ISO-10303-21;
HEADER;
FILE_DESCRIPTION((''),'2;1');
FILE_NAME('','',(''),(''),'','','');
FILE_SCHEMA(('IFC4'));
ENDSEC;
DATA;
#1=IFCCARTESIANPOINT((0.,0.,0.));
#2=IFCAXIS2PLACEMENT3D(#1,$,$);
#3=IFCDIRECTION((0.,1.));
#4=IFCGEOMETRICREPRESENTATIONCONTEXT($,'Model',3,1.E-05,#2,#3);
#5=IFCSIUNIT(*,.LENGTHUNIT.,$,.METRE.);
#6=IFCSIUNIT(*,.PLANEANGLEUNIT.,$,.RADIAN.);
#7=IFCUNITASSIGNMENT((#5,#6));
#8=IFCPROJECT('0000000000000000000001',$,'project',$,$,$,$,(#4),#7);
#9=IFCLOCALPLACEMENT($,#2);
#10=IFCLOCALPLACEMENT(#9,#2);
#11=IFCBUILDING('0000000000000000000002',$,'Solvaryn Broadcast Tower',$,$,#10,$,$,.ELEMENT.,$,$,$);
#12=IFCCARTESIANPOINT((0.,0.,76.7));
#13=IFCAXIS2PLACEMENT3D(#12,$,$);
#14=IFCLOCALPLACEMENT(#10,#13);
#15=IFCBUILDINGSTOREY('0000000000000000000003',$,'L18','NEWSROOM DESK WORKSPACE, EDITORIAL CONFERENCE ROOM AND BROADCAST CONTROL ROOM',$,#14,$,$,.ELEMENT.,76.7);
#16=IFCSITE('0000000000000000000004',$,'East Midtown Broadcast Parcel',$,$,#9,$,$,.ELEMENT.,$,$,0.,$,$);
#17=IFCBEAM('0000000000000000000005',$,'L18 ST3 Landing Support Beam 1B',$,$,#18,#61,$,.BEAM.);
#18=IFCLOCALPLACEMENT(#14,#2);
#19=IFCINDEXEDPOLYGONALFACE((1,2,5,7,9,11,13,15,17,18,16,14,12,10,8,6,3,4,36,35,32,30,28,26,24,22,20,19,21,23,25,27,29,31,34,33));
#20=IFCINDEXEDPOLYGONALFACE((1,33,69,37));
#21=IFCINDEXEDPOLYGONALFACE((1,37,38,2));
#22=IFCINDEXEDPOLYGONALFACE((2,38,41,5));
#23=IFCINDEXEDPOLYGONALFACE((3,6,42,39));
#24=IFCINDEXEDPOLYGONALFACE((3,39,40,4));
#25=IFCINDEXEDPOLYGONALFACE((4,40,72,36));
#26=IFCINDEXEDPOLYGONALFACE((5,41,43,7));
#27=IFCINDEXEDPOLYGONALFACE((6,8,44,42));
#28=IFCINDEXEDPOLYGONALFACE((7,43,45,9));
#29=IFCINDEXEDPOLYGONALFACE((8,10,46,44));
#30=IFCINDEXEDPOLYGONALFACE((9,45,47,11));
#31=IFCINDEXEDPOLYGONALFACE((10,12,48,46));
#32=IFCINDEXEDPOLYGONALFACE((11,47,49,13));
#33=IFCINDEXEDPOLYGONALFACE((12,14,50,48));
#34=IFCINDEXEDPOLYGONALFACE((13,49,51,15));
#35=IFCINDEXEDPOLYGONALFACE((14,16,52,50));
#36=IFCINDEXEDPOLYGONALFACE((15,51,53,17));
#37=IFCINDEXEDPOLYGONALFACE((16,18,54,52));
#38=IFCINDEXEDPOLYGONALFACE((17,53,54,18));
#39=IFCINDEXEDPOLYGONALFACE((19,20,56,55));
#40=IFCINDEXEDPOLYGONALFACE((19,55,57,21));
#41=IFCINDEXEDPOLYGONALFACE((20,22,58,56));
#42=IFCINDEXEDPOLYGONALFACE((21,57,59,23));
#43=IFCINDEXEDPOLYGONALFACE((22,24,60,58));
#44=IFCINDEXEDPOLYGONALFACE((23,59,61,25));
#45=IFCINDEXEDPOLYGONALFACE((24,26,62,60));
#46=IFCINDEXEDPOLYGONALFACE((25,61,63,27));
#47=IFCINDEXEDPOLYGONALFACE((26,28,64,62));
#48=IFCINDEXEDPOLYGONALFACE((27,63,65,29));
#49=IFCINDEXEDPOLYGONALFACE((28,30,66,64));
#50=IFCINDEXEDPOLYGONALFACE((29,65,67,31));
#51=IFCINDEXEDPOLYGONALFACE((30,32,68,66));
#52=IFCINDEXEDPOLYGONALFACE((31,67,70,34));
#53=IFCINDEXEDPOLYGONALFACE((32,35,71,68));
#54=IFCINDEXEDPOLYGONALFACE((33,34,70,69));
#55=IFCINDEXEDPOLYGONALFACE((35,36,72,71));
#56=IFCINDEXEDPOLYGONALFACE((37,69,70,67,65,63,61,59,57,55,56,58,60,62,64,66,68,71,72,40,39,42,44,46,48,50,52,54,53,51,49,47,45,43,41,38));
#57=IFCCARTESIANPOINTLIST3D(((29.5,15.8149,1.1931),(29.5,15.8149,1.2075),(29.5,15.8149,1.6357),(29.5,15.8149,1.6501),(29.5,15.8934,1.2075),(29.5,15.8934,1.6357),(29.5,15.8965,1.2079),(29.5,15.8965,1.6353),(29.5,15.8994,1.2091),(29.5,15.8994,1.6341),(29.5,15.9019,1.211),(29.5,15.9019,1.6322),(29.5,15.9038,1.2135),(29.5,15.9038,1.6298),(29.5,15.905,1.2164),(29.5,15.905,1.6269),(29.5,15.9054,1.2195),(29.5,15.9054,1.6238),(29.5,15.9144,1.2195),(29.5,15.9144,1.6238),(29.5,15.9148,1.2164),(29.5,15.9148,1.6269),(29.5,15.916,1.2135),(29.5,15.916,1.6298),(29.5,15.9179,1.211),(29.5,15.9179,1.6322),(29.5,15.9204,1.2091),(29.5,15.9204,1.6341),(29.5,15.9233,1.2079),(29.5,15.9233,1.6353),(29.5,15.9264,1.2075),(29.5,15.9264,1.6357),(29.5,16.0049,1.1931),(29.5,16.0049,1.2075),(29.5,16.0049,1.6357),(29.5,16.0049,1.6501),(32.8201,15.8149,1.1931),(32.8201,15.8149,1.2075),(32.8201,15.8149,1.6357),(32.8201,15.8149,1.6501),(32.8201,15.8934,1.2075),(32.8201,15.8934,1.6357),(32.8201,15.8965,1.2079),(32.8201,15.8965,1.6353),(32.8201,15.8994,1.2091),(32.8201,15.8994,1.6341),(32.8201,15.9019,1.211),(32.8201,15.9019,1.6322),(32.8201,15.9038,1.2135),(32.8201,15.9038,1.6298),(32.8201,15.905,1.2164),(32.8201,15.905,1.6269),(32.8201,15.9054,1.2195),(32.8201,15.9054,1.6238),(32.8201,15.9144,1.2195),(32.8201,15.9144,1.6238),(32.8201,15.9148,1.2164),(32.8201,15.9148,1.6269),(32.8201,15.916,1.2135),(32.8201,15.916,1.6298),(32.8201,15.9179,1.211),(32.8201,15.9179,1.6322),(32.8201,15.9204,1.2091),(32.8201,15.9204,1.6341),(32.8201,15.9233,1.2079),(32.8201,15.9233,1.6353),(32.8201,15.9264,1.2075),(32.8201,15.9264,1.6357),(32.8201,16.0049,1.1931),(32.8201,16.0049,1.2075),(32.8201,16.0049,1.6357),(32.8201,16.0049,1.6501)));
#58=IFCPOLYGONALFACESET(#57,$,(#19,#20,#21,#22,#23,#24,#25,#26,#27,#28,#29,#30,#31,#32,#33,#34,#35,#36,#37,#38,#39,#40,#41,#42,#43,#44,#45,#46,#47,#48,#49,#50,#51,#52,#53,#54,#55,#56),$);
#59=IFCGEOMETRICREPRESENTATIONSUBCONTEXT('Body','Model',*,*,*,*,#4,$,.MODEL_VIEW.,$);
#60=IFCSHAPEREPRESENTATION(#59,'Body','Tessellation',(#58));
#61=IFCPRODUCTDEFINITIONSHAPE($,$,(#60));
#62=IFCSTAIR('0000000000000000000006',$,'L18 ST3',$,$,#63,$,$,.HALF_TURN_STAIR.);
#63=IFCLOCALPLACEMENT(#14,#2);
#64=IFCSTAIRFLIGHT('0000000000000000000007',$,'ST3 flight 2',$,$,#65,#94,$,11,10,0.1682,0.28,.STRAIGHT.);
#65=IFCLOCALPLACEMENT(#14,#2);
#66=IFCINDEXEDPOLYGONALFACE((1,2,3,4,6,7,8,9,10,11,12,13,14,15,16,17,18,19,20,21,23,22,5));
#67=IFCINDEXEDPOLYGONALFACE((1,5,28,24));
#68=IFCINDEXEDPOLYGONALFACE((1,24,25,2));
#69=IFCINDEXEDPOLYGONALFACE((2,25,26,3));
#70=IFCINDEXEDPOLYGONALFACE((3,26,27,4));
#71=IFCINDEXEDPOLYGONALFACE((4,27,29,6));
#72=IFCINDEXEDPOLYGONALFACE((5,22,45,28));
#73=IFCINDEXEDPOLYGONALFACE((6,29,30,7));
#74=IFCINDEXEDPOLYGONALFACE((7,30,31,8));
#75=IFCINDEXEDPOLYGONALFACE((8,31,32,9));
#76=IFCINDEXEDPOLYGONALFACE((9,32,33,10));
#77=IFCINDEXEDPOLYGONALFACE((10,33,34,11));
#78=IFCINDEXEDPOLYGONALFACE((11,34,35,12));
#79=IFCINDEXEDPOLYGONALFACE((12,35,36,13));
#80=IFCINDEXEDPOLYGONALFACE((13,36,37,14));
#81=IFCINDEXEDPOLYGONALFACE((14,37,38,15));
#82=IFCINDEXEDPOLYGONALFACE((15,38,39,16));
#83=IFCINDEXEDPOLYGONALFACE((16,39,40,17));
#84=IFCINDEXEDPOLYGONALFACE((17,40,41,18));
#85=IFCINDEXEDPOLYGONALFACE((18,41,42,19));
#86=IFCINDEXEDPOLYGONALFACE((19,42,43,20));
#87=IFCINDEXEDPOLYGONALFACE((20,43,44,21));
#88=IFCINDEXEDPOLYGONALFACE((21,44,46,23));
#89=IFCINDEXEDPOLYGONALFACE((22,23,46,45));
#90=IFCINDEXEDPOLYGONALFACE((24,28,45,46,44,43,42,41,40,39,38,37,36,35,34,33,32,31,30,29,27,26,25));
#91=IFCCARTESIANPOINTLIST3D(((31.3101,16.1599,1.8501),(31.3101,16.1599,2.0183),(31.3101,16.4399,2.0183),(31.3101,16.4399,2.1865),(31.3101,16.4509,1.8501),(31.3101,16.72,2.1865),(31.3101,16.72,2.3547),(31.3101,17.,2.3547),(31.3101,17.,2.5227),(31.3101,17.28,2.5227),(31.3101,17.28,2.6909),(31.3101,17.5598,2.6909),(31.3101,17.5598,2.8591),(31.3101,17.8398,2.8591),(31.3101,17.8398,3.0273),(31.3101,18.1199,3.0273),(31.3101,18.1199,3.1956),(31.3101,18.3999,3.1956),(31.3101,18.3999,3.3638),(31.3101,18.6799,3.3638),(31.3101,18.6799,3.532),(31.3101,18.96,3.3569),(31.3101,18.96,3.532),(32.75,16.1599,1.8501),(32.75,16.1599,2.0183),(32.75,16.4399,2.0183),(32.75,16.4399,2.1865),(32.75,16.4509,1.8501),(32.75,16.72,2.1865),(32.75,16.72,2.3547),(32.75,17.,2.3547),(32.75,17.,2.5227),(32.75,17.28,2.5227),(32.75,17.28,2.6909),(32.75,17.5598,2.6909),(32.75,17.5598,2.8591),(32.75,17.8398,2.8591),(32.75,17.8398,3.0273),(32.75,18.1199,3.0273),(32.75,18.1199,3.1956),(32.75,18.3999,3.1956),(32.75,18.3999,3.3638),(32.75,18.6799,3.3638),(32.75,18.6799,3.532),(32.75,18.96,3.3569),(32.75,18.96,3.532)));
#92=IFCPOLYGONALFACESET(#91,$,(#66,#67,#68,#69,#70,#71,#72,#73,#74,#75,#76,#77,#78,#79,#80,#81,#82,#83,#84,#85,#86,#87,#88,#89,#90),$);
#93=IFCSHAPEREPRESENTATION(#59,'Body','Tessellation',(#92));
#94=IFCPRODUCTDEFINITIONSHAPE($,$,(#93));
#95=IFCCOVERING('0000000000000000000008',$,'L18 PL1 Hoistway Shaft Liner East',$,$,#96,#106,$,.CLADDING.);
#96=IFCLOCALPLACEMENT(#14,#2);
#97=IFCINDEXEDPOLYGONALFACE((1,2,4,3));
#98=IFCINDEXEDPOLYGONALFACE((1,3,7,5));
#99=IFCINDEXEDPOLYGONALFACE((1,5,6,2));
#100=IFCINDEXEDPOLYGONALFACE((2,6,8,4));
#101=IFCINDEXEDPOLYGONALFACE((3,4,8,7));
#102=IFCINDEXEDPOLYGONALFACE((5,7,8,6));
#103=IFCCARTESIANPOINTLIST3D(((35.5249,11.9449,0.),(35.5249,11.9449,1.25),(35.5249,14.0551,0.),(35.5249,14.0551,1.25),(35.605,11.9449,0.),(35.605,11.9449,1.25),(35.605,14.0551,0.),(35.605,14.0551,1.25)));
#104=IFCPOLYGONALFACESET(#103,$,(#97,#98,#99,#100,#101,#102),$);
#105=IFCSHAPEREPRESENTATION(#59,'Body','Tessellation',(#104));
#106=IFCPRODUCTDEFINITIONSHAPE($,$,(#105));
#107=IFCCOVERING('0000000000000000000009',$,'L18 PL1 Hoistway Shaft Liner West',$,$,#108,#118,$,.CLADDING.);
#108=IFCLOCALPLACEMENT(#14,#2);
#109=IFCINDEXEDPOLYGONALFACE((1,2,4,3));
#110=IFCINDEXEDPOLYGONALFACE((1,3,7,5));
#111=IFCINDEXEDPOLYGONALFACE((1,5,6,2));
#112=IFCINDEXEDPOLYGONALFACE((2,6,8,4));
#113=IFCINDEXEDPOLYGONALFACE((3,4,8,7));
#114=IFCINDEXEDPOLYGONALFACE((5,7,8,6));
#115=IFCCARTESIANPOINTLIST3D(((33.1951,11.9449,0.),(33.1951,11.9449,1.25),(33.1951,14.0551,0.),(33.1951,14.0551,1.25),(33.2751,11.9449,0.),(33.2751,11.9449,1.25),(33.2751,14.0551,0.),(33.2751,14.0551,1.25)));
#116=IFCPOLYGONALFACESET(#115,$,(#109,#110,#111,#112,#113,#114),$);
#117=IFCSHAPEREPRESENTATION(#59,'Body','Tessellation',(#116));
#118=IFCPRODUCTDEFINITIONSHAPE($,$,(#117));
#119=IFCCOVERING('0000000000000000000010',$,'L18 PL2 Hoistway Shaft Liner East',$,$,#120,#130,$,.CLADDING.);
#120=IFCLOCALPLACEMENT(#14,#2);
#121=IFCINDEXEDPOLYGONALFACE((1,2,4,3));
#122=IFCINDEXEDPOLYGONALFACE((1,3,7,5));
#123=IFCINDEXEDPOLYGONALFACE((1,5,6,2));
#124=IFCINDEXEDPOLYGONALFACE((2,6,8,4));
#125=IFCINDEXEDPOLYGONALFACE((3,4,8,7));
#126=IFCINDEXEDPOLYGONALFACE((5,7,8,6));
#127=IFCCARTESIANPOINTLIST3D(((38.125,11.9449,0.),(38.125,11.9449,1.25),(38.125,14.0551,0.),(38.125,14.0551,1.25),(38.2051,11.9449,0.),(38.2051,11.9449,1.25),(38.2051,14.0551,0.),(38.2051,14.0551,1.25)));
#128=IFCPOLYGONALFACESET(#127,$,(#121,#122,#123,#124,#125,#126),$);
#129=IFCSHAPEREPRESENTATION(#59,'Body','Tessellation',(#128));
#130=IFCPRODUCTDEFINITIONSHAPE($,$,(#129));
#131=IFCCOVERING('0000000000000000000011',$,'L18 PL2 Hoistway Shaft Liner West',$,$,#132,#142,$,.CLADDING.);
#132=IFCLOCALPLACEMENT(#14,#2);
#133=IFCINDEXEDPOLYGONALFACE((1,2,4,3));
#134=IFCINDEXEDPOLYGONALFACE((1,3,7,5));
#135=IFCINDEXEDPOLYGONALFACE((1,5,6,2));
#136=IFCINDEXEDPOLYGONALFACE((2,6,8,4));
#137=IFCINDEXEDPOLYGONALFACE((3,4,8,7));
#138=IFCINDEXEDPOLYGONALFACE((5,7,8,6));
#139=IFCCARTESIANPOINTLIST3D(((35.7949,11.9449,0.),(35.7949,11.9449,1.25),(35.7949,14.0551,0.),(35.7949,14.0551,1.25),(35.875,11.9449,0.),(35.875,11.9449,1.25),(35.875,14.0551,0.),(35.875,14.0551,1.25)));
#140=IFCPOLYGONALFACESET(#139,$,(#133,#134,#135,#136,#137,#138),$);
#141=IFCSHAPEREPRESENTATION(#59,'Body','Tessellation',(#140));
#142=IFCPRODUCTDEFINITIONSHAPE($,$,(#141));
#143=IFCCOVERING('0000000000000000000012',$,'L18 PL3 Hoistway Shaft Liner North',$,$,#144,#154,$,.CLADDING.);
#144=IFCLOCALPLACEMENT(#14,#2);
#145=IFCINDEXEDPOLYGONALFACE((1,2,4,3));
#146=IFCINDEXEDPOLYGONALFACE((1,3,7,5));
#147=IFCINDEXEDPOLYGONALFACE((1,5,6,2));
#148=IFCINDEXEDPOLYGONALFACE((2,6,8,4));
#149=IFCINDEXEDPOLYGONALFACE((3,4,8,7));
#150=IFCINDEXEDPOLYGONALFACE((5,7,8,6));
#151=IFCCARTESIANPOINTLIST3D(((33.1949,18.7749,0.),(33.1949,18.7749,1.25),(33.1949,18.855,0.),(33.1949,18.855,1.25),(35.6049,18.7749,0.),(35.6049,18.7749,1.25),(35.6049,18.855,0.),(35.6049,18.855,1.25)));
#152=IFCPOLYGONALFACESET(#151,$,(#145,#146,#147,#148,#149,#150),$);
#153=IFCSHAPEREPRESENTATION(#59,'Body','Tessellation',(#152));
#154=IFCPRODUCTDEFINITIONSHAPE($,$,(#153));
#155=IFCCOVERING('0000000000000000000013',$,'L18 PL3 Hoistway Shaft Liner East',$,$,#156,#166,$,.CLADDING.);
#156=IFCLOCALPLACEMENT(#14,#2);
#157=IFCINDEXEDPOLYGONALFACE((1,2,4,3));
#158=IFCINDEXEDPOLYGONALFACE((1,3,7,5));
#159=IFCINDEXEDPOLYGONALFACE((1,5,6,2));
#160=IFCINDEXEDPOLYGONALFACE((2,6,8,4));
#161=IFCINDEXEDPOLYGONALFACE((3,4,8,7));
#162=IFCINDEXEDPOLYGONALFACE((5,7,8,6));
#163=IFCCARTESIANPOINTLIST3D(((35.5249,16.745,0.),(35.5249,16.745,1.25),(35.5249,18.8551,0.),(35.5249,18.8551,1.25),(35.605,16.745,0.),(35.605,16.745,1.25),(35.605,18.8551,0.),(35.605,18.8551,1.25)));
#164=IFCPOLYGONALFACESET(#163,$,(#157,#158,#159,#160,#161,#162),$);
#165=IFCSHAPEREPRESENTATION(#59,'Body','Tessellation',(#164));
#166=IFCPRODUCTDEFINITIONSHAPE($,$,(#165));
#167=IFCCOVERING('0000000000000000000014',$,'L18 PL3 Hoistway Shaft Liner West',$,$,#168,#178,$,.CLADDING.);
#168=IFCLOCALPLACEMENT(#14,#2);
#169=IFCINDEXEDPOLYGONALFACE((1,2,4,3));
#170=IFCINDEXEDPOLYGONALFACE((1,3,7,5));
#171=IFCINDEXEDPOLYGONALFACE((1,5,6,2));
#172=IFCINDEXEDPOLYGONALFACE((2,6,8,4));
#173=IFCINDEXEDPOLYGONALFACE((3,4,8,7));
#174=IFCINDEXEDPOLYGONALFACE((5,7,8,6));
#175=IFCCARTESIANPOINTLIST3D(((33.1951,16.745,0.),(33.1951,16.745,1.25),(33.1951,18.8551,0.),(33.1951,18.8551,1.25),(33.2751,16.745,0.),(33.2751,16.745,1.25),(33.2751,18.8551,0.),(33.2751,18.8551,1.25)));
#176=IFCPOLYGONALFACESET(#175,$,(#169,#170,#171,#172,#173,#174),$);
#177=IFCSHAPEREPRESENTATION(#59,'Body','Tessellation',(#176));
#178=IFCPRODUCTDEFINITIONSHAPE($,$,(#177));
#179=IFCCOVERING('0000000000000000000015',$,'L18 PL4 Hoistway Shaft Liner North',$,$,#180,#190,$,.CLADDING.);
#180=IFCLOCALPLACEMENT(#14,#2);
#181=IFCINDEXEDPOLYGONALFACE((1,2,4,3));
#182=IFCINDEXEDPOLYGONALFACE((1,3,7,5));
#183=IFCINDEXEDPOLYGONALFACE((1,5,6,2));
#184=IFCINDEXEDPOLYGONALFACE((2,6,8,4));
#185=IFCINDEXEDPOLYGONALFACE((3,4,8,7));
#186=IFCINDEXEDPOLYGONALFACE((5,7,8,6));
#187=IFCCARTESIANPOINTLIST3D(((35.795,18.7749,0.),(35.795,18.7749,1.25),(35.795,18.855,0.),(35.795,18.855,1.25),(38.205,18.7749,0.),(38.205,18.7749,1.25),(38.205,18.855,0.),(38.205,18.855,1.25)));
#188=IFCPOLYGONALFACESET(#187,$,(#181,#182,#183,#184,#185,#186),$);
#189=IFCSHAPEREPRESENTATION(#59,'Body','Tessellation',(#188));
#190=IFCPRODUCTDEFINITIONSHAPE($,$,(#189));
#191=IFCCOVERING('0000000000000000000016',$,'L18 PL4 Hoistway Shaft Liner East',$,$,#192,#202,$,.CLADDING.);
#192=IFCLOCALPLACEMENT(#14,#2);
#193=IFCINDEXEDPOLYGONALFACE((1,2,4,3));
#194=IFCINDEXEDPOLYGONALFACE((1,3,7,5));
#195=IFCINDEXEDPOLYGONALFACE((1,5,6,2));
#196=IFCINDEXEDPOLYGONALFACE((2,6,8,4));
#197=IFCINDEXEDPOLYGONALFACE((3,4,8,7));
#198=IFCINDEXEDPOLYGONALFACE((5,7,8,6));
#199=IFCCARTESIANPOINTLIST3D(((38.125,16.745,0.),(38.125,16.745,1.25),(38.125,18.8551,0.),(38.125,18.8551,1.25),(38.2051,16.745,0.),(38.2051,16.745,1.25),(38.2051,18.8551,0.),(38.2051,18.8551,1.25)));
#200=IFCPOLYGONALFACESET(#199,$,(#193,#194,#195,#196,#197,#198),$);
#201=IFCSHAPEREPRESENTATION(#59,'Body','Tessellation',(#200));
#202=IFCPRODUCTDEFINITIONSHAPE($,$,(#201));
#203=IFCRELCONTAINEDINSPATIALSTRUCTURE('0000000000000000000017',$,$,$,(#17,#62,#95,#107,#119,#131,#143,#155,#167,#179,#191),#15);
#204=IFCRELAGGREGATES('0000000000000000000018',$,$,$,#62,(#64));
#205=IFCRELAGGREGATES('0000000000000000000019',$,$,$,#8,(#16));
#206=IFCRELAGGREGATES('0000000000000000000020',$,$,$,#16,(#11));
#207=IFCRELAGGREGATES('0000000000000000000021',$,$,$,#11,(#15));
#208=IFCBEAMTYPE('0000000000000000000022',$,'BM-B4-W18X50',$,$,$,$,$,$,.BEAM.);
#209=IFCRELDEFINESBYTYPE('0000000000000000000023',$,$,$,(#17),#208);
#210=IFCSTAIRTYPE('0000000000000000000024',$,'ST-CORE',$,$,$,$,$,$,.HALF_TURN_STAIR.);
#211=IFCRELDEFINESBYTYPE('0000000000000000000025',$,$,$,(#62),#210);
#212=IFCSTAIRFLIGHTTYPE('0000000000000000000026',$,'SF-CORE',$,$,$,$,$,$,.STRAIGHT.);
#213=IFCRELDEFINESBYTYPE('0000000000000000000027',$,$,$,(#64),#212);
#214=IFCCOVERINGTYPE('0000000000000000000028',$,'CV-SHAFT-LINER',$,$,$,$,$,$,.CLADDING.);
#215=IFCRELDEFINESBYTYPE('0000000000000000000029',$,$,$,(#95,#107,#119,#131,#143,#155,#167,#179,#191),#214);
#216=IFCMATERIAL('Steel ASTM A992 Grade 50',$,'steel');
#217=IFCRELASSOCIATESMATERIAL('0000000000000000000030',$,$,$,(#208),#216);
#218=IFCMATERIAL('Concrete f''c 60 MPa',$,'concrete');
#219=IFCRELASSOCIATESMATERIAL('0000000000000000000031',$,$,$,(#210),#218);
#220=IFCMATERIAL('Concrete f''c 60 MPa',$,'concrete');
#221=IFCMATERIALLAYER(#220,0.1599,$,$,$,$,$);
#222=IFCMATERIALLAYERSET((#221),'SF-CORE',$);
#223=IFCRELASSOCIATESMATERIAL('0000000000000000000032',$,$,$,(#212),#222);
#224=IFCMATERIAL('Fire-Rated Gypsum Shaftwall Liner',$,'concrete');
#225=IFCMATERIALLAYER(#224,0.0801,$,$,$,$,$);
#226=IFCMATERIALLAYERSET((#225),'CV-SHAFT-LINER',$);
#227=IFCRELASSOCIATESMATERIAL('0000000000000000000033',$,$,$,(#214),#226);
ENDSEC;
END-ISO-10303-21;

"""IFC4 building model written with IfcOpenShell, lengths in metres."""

from ifc_helpers import new_model, si_unit, direction, frame, origin, origin_2d, place, context, subcontext, project, spatial, polyline, rectangle, i_section, outline, extrude, material, layer, layer_set, material_profile, profile_set, type_object, element, aggregate, save


model = new_model("IFC4")

# Units and contexts
model_context = context("Model", 3, precision=1e-05, world=origin(), true_north=direction((0.0, 1.0)))
body_context = subcontext(model_context, "Body", "Model", "MODEL_VIEW")
ifc_project = project(units=[si_unit("LENGTHUNIT", "METRE"), si_unit("PLANEANGLEUNIT", "RADIAN")], contexts=[model_context])

# Site, building, storey
site_placement = place(None, origin())
site = spatial("IfcSite", under=ifc_project, at=site_placement, Name="East Midtown Broadcast Parcel", CompositionType="ELEMENT", RefElevation=0.0)
building_placement = place(site_placement, origin())
building = spatial("IfcBuilding", under=site, at=building_placement, Name="Solvaryn Broadcast Tower", CompositionType="ELEMENT")
storey_placement = place(building_placement, frame((0.0, 0.0, 76.7)))
storey = spatial("IfcBuildingStorey", under=building, at=storey_placement, Name="L18", Description="NEWSROOM DESK WORKSPACE, EDITORIAL CONFERENCE ROOM AND BROADCAST CONTROL ROOM", CompositionType="ELEMENT", Elevation=76.7)

# Beam
ifc_material_1 = material(Name="Steel ASTM A992 Grade 50", Category="steel")
ifc_material_profile_1 = material_profile(ifc_material_1, i_section(OverallWidth=0.1899, OverallDepth=0.457, WebThickness=0.009, FlangeThickness=0.0144, FilletRadius=0.012, at=origin_2d()))
ifc_profile_set_1 = profile_set([ifc_material_profile_1], Name="Steel ASTM A992 Grade 50")
beam_type_1 = type_object("IfcBeamType", Name="BM-B4-W18X50", PredefinedType="BEAM", material=ifc_profile_set_1)
beam_1_placement = place(storey_placement, frame((29.5, 15.9099, 1.4216), z_axis=(1.0, 0.0, 0.0), x_axis=(0.0, 1.0, 0.0)))
element("IfcBeam", 1, at=beam_1_placement, inside=storey, type_object=beam_type_1, Name="L18 ST3 Landing Support Beam 1B", PredefinedType="BEAM", context=body_context, shape_type="SweptSolid", body=[
    extrude(i_section(OverallWidth=0.1899, OverallDepth=0.457, WebThickness=0.009, FlangeThickness=0.0144, FilletRadius=0.012, at=origin_2d()), origin(), (0.0, 0.0, 1.0), 3.3201),
])

# Stair, stair flight
ifc_material_2 = material(Name="Concrete f'c 60 MPa", Category="concrete")
stair_type = type_object("IfcStairType", Name="ST-CORE", PredefinedType="HALF_TURN_STAIR", material=ifc_material_2)
stair_placement = place(storey_placement, origin())
stair = element("IfcStair", 2, at=stair_placement, inside=storey, type_object=stair_type, Name="L18 ST3", PredefinedType="HALF_TURN_STAIR")
ifc_material_3 = material(Name="Concrete f'c 60 MPa", Category="concrete")
ifc_layer_1 = layer(ifc_material_3, 0.1599)
ifc_layer_set_1 = layer_set([ifc_layer_1], Name="SF-CORE")
stair_flight_type = type_object("IfcStairFlightType", Name="SF-CORE", PredefinedType="STRAIGHT", material=ifc_layer_set_1)
stair_flight_placement = place(storey_placement, frame((32.03, 16.1599, 1.8501), z_axis=(0.0, 0.0, 1.0), x_axis=(0.0, 1.0, 0.0)))
stair_flight = element("IfcStairFlight", 3, at=stair_flight_placement, type_object=stair_flight_type, Name="ST3 flight 2", NumberOfRisers=11, NumberOfTreads=10, PredefinedType="STRAIGHT", RiserHeight=0.1682, TreadLength=0.28, context=body_context, shape_type="SweptSolid", body=[
    extrude(outline(polyline([(0.0, 0.0), (0.0, 0.1682), (0.28, 0.1682), (0.28, 0.3364), (0.5601, 0.3364), (0.5601, 0.5046), (0.8401, 0.5046), (0.8401, 0.6726), (1.1201, 0.6726), (1.1201, 0.8408), (1.3999, 0.8408), (1.3999, 1.009), (1.6799, 1.009), (1.6799, 1.1772), (1.96, 1.1772), (1.96, 1.3455), (2.24, 1.3455), (2.24, 1.5137), (2.52, 1.5137), (2.52, 1.6819), (2.8, 1.6819), (2.8, 1.8501), (2.8, 1.5068), (0.291, 0.0), (0.0, 0.0)])), frame((0.0, 0.72, 0.0), z_axis=(0.0, -1.0, 0.0), x_axis=(1.0, 0.0, 0.0)), (0.0, 0.0, 1.0), 1.4399),
])
aggregate(stair, [stair_flight])

# Coverings
ifc_material_4 = material(Name="Fire-Rated Gypsum Shaftwall Liner", Category="concrete")
ifc_layer_2 = layer(ifc_material_4, 0.0801)
ifc_layer_set_2 = layer_set([ifc_layer_2], Name="CV-SHAFT-LINER")
covering_type = type_object("IfcCoveringType", Name="CV-SHAFT-LINER", PredefinedType="CLADDING", material=ifc_layer_set_2)
for number, where, z_axis, x_axis, name in (
    (4, (35.5649, 13.0, 0.0), (0.0, 0.0, 1.0), (1.0, 0.0, 0.0), "L18 PL1 Hoistway Shaft Liner East"),
    (5, (33.2351, 13.0, 0.0), (0.0, 0.0, 1.0), (1.0, 0.0, 0.0), "L18 PL1 Hoistway Shaft Liner West"),
    (6, (38.165, 13.0, 0.0), (0.0, 0.0, 1.0), (1.0, 0.0, 0.0), "L18 PL2 Hoistway Shaft Liner East"),
    (7, (35.835, 13.0, 0.0), (0.0, 0.0, 1.0), (1.0, 0.0, 0.0), "L18 PL2 Hoistway Shaft Liner West"),
):
    element("IfcCovering", number, at=place(storey_placement, frame(where, z_axis=z_axis, x_axis=x_axis)), inside=storey, type_object=covering_type, Name=name, PredefinedType="CLADDING", context=body_context, shape_type="SweptSolid", body=[
        extrude(rectangle(XDim=0.0801, YDim=2.1101, at=origin_2d()), origin(), (0.0, 0.0, 1.0), 1.25),
    ])
covering_1_placement = place(storey_placement, frame((34.3999, 18.8149, 0.0), z_axis=(0.0, 0.0, 1.0), x_axis=(1.0, 0.0, 0.0)))
element("IfcCovering", 8, at=covering_1_placement, inside=storey, type_object=covering_type, Name="L18 PL3 Hoistway Shaft Liner North", PredefinedType="CLADDING", context=body_context, shape_type="SweptSolid", body=[
    extrude(rectangle(XDim=2.4099, YDim=0.0801, at=origin_2d()), origin(), (0.0, 0.0, 1.0), 1.25),
])
for number, where, z_axis, x_axis, name in (
    (9, (35.5649, 17.8, 0.0), (0.0, 0.0, 1.0), (1.0, 0.0, 0.0), "L18 PL3 Hoistway Shaft Liner East"),
    (10, (33.2351, 17.8, 0.0), (0.0, 0.0, 1.0), (1.0, 0.0, 0.0), "L18 PL3 Hoistway Shaft Liner West"),
):
    element("IfcCovering", number, at=place(storey_placement, frame(where, z_axis=z_axis, x_axis=x_axis)), inside=storey, type_object=covering_type, Name=name, PredefinedType="CLADDING", context=body_context, shape_type="SweptSolid", body=[
        extrude(rectangle(XDim=0.0801, YDim=2.1101, at=origin_2d()), origin(), (0.0, 0.0, 1.0), 1.25),
    ])
covering_2_placement = place(storey_placement, frame((37.0, 18.8149, 0.0), z_axis=(0.0, 0.0, 1.0), x_axis=(1.0, 0.0, 0.0)))
element("IfcCovering", 11, at=covering_2_placement, inside=storey, type_object=covering_type, Name="L18 PL4 Hoistway Shaft Liner North", PredefinedType="CLADDING", context=body_context, shape_type="SweptSolid", body=[
    extrude(rectangle(XDim=2.4099, YDim=0.0801, at=origin_2d()), origin(), (0.0, 0.0, 1.0), 1.25),
])
for number, where, z_axis, x_axis, name in (
    (12, (38.165, 17.8, 0.0), (0.0, 0.0, 1.0), (1.0, 0.0, 0.0), "L18 PL4 Hoistway Shaft Liner East"),
):
    element("IfcCovering", number, at=place(storey_placement, frame(where, z_axis=z_axis, x_axis=x_axis)), inside=storey, type_object=covering_type, Name=name, PredefinedType="CLADDING", context=body_context, shape_type="SweptSolid", body=[
        extrude(rectangle(XDim=0.0801, YDim=2.1101, at=origin_2d()), origin(), (0.0, 0.0, 1.0), 1.25),
    ])

save(model, "model.ifc")
